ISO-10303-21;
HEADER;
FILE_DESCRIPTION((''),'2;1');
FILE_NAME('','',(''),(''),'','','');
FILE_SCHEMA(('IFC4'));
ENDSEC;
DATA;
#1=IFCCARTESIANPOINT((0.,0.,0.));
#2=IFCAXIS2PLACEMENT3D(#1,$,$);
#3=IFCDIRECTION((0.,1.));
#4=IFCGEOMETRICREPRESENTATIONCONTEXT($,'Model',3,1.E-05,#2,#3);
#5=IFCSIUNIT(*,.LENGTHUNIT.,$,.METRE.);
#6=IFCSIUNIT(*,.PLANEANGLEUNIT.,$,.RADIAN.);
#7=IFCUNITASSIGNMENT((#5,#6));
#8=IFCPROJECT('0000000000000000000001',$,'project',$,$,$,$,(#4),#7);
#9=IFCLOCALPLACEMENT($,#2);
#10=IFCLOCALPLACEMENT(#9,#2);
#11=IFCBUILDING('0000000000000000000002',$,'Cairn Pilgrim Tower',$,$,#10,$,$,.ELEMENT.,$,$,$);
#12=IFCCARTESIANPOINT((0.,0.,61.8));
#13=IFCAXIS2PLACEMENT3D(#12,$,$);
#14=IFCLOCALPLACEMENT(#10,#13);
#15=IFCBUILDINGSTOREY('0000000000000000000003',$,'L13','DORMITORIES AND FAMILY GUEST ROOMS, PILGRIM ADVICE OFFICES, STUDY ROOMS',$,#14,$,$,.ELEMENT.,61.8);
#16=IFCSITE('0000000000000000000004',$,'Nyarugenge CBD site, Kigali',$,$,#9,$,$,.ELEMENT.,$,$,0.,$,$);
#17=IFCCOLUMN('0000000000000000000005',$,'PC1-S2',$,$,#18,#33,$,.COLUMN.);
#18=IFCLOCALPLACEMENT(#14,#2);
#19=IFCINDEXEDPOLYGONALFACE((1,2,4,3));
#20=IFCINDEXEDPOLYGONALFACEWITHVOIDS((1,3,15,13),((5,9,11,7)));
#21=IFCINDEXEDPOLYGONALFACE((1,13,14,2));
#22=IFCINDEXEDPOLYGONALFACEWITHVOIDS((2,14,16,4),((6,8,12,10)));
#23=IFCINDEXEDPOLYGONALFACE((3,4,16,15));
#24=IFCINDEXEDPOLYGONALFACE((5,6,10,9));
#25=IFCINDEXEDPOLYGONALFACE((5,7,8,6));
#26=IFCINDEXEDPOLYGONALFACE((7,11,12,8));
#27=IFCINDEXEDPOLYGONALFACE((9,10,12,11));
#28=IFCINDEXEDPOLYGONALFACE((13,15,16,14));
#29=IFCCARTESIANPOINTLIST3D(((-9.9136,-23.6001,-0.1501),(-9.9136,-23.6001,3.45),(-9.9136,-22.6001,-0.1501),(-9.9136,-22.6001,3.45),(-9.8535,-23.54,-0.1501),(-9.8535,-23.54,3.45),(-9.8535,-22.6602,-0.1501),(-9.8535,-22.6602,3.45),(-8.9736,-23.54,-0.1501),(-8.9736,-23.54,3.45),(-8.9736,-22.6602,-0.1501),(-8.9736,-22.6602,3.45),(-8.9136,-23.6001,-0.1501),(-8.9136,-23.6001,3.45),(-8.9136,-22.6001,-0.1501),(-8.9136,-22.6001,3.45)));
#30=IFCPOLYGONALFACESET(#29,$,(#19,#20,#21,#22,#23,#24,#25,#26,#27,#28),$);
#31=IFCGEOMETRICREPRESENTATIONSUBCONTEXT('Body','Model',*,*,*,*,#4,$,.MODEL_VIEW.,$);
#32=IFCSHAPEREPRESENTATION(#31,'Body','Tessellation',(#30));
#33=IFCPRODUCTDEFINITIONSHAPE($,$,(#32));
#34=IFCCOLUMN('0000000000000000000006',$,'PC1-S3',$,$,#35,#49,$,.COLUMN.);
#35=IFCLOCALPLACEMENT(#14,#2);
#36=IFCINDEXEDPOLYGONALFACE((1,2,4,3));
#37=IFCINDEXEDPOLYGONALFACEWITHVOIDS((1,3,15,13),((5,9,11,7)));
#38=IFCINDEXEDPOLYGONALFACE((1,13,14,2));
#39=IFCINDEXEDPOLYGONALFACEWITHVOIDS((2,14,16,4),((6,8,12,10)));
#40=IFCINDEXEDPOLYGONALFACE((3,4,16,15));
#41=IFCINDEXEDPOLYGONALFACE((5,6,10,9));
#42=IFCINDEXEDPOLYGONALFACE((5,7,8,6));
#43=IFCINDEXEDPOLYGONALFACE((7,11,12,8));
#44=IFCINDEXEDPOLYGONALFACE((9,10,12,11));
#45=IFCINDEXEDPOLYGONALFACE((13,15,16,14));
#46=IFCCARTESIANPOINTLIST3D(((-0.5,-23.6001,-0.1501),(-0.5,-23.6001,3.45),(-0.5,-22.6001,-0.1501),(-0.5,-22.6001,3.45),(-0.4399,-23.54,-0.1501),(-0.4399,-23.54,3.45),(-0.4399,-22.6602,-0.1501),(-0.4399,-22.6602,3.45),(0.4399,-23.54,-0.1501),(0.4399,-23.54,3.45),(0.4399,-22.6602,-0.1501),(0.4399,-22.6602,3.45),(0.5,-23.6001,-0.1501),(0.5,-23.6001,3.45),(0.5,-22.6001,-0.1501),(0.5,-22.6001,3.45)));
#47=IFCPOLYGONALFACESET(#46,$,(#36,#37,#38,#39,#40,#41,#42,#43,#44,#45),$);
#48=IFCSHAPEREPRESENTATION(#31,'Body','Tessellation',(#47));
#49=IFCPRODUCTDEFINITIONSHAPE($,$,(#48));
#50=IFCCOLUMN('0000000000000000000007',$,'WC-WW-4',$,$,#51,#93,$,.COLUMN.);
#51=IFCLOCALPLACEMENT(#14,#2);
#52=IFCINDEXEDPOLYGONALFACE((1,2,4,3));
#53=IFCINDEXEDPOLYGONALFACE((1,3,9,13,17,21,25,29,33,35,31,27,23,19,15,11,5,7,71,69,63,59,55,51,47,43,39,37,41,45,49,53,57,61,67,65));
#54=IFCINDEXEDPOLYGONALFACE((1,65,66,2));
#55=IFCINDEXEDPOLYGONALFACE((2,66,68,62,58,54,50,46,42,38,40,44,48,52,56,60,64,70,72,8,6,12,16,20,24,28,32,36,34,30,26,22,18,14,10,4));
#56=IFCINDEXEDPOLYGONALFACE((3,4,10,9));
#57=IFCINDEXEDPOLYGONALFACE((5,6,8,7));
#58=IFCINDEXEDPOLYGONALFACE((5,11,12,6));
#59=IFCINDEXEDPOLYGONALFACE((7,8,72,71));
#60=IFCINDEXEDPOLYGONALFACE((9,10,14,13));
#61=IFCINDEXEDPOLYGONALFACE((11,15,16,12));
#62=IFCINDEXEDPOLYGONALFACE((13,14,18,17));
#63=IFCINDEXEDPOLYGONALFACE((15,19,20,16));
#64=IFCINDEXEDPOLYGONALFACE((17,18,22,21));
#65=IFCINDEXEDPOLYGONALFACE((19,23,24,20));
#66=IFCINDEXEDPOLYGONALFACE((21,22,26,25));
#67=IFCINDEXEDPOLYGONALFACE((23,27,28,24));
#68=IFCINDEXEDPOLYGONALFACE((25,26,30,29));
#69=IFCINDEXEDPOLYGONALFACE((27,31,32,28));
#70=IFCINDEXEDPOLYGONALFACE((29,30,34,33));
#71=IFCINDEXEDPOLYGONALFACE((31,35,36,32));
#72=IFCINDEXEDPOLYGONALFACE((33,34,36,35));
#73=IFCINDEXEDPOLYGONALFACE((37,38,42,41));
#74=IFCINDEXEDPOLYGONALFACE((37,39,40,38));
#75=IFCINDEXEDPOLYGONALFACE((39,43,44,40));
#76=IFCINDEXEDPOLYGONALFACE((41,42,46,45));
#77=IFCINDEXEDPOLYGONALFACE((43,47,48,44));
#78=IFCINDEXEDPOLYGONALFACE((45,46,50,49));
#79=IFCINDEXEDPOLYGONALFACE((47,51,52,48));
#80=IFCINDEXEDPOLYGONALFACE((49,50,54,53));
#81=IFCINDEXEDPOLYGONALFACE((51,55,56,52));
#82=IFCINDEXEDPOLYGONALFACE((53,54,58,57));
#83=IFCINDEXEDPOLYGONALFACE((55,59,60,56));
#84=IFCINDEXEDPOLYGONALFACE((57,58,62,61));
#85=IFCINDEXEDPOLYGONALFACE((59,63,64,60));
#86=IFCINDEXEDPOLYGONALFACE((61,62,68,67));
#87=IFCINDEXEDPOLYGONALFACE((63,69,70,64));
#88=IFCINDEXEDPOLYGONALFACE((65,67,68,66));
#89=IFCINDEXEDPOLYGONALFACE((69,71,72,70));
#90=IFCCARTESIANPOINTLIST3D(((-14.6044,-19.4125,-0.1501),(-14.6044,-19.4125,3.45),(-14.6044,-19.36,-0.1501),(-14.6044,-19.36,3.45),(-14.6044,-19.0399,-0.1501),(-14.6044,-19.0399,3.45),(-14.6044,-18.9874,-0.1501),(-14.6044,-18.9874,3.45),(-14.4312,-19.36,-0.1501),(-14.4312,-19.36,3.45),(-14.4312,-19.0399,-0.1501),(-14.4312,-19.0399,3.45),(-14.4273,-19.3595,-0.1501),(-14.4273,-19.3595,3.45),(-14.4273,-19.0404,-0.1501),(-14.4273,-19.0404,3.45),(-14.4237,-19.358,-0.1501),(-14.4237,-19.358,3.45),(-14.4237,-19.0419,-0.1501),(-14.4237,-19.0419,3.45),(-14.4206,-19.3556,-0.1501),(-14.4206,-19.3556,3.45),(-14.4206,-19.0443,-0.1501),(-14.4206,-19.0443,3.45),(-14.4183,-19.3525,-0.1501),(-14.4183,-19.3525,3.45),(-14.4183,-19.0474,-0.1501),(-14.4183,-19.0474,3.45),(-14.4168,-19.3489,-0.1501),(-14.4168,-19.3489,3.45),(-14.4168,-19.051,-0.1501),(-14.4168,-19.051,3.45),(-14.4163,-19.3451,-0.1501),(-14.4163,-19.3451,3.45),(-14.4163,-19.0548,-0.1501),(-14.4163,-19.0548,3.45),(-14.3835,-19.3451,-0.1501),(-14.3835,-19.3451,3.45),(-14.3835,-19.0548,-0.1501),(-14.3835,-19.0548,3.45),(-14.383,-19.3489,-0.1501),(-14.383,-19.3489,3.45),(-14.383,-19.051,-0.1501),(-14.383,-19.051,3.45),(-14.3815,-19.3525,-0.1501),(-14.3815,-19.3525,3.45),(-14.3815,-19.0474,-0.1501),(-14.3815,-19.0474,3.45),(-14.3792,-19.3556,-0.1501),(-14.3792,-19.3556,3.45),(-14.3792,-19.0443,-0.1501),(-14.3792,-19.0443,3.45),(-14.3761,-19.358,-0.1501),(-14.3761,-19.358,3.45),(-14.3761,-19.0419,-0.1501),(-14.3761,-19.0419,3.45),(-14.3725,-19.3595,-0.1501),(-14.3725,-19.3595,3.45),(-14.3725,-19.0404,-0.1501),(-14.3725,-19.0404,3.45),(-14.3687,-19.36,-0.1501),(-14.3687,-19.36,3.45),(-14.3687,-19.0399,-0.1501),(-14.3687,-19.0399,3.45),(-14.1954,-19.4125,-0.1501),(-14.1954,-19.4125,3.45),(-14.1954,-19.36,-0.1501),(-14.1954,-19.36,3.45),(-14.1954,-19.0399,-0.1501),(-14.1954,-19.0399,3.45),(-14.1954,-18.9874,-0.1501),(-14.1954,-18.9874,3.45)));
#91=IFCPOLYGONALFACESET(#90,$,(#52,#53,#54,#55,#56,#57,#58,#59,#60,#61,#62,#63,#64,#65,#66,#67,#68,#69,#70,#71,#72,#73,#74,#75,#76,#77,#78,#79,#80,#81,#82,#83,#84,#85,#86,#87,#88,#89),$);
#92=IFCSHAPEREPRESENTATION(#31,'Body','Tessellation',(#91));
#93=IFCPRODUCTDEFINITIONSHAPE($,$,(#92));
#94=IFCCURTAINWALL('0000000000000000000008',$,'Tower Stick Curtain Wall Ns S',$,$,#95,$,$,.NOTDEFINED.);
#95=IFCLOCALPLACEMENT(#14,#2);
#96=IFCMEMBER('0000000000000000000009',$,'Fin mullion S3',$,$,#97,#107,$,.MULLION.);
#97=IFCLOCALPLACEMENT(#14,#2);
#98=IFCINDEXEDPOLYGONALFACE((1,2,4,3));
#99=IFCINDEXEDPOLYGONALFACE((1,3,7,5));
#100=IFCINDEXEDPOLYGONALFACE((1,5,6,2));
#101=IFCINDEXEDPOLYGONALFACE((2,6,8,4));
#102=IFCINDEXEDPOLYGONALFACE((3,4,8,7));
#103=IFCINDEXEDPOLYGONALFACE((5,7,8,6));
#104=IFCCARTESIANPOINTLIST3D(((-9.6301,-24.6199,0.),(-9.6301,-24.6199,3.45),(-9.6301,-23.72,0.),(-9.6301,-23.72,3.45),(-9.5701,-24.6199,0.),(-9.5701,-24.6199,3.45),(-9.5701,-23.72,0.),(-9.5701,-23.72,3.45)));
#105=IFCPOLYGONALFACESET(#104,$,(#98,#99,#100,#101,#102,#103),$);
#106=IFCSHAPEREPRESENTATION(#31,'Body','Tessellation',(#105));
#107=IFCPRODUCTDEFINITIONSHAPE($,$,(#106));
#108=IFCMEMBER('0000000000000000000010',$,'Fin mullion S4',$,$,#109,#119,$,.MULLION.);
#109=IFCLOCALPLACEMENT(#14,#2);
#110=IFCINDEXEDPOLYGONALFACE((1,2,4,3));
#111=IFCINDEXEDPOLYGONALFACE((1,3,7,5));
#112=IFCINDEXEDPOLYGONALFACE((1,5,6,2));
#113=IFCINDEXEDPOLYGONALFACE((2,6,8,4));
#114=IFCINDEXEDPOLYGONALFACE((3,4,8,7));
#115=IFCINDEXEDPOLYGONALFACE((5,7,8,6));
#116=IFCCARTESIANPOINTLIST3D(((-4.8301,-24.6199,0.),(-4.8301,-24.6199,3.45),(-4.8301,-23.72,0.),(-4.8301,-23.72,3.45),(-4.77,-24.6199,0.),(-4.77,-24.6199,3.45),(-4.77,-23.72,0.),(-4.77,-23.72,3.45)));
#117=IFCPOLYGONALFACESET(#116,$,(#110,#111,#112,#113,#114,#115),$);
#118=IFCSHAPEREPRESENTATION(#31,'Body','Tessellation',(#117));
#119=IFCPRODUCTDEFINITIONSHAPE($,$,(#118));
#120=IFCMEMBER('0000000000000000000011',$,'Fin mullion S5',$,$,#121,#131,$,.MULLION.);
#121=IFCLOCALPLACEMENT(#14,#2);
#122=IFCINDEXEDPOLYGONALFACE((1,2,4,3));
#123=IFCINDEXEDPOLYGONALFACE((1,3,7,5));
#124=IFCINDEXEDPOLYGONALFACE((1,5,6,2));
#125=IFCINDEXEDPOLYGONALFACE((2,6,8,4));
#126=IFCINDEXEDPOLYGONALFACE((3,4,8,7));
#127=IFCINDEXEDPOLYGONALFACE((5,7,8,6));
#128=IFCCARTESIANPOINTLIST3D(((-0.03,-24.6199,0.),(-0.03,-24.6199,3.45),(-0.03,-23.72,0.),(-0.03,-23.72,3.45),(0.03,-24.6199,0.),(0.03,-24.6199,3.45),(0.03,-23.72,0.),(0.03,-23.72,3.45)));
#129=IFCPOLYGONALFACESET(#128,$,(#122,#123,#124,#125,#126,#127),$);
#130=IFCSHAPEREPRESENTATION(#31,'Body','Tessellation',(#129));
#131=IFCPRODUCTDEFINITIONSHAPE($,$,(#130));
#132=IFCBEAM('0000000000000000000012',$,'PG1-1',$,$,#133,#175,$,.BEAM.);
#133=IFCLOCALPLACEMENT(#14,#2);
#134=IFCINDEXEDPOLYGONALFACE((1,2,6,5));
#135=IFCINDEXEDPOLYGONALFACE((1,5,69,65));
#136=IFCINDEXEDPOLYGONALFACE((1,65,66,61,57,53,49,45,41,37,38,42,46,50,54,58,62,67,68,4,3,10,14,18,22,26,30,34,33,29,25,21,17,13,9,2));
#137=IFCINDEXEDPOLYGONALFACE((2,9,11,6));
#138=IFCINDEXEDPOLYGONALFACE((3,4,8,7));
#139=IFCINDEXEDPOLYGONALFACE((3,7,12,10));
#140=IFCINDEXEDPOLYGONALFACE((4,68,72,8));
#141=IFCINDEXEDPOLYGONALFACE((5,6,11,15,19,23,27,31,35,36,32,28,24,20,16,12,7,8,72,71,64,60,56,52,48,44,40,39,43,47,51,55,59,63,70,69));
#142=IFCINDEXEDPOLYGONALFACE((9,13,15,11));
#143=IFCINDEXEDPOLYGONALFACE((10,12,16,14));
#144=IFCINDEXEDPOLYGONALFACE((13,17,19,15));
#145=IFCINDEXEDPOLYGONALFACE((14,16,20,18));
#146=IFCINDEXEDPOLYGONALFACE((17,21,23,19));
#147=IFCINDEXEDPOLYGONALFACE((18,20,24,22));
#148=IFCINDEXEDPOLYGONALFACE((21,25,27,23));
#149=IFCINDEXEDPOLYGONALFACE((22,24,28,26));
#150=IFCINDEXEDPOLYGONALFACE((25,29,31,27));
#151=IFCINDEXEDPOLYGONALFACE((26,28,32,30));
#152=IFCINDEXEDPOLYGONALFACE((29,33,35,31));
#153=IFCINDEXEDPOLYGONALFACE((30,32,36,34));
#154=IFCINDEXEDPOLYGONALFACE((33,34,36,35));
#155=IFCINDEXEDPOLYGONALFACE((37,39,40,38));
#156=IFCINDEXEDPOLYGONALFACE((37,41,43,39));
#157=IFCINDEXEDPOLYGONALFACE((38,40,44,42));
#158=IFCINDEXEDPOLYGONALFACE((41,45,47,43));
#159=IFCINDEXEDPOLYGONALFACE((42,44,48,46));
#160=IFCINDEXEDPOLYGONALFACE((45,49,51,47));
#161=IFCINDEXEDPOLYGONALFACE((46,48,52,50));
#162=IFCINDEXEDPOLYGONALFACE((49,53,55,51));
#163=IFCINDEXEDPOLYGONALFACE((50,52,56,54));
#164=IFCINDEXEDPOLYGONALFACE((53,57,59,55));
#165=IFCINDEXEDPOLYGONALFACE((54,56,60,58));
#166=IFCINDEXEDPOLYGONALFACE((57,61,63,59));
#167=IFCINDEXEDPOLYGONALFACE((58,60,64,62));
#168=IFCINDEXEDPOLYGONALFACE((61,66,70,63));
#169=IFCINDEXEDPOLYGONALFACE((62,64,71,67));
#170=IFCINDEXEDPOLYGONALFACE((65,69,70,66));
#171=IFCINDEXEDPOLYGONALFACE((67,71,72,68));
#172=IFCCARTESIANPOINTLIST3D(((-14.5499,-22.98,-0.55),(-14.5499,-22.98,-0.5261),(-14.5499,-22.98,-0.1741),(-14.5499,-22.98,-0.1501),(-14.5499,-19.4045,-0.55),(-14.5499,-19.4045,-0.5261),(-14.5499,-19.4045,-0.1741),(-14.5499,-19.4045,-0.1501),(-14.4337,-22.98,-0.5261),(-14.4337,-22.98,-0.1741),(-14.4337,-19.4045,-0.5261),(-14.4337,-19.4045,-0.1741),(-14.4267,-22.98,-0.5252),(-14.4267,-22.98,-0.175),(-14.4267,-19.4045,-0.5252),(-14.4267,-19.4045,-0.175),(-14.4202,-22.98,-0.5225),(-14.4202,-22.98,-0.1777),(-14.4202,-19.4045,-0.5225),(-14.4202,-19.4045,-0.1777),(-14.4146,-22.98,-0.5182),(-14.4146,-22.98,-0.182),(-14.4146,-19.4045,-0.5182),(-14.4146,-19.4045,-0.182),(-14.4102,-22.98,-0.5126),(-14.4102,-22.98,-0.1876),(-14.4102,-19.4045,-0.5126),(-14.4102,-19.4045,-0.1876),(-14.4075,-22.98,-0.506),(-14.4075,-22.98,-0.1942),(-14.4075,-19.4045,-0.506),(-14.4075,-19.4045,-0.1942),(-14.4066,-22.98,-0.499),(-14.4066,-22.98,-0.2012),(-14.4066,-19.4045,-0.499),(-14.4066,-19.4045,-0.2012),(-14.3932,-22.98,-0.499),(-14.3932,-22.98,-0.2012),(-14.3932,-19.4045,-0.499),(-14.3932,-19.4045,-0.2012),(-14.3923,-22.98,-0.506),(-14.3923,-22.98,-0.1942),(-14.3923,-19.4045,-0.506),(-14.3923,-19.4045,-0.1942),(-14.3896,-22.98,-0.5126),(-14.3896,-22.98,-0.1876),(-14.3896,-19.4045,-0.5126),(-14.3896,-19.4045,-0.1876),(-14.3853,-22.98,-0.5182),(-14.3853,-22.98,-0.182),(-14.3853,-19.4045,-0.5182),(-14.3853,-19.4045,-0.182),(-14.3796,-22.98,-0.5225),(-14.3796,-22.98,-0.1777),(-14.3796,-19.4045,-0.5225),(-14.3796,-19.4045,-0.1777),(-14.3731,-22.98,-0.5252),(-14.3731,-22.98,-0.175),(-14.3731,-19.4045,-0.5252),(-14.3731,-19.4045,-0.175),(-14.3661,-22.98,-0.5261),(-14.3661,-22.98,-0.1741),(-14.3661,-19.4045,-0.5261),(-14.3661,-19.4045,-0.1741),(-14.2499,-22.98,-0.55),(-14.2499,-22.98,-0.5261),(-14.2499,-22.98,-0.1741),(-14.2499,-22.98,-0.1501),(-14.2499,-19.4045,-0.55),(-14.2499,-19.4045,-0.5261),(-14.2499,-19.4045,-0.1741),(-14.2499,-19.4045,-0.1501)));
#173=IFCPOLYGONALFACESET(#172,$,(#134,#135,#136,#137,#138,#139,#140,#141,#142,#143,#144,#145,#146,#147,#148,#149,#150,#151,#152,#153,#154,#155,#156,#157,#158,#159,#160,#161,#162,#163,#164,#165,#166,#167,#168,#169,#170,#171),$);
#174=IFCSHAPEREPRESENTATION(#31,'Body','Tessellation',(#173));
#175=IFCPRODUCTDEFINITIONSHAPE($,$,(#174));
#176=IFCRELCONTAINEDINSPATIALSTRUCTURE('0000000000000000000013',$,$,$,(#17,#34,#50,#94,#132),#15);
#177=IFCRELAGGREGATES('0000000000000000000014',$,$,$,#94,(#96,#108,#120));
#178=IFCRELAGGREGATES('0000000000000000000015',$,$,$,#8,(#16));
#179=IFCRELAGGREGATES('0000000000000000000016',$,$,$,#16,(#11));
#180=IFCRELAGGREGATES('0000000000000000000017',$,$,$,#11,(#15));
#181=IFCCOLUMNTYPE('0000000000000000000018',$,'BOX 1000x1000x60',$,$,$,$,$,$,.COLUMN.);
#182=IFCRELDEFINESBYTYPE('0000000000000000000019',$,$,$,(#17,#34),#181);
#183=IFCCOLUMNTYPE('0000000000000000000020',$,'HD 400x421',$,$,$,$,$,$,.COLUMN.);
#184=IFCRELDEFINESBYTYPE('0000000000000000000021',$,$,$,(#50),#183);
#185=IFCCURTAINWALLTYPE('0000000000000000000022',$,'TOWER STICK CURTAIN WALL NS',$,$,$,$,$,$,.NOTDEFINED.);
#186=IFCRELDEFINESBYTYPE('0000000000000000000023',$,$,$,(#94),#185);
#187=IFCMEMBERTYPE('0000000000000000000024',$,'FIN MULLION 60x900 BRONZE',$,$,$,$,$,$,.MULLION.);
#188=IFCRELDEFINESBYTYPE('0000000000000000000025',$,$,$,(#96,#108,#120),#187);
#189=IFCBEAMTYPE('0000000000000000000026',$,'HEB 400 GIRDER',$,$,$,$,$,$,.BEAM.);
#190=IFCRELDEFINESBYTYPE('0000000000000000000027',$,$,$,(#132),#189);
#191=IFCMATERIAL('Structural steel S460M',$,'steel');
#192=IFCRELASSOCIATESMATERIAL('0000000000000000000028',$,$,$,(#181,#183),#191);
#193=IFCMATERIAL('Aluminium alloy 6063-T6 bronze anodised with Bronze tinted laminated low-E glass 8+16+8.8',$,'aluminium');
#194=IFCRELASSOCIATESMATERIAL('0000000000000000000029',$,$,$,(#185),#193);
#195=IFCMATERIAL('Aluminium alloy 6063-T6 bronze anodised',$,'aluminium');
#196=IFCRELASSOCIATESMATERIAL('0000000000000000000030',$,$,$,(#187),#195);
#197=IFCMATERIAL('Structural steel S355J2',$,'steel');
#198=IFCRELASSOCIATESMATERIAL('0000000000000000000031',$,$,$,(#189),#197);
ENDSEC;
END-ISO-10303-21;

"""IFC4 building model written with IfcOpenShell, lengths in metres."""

from ifc_helpers import new_model, si_unit, direction, frame, origin, origin_2d, place, context, subcontext, project, spatial, rectangle, hollow_rectangle, i_section, extrude, material, material_profile, profile_set, type_object, element, aggregate, save


model = new_model("IFC4")

# Units and contexts
model_context = context("Model", 3, precision=1e-05, world=origin(), true_north=direction((0.0, 1.0)))
body_context = subcontext(model_context, "Body", "Model", "MODEL_VIEW")
ifc_project = project(units=[si_unit("LENGTHUNIT", "METRE"), si_unit("PLANEANGLEUNIT", "RADIAN")], contexts=[model_context])

# Site, building, storey
site_placement = place(None, origin())
site = spatial("IfcSite", under=ifc_project, at=site_placement, Name="Nyarugenge CBD site, Kigali", CompositionType="ELEMENT", RefElevation=0.0)
building_placement = place(site_placement, origin())
building = spatial("IfcBuilding", under=site, at=building_placement, Name="Cairn Pilgrim Tower", CompositionType="ELEMENT")
storey_placement = place(building_placement, frame((0.0, 0.0, 61.8)))
storey = spatial("IfcBuildingStorey", under=building, at=storey_placement, Name="L13", Description="DORMITORIES AND FAMILY GUEST ROOMS, PILGRIM ADVICE OFFICES, STUDY ROOMS", CompositionType="ELEMENT", Elevation=61.8)

# Columns
ifc_material_1 = material(Name="Structural steel S460M", Category="steel")
ifc_material_profile_1 = material_profile(ifc_material_1, hollow_rectangle(XDim=1.0, YDim=1.0, WallThickness=0.0601, at=origin_2d()), Name="BOX 1000x1000x60")
ifc_profile_set_1 = profile_set([ifc_material_profile_1], Name="Structural steel S460M")
column_type_1 = type_object("IfcColumnType", Name="BOX 1000x1000x60", PredefinedType="COLUMN", material=ifc_profile_set_1)
for number, where, z_axis, x_axis, name in (
    (1, (-9.4136, -23.1001, -0.1501), (0.0, 0.0, 1.0), (1.0, 0.0, 0.0), "PC1-S2"),
    (2, (0.0, -23.1001, -0.1501), (0.0, 0.0, 1.0), (1.0, 0.0, 0.0), "PC1-S3"),
):
    element("IfcColumn", number, at=place(storey_placement, frame(where, z_axis=z_axis, x_axis=x_axis)), inside=storey, type_object=column_type_1, Name=name, PredefinedType="COLUMN", context=body_context, shape_type="SweptSolid", body=[
        extrude(hollow_rectangle(XDim=1.0, YDim=1.0, WallThickness=0.0601, at=origin_2d()), origin(), (0.0, 0.0, 1.0), 3.6001),
    ])
ifc_material_profile_2 = material_profile(ifc_material_1, i_section(OverallWidth=0.4089, OverallDepth=0.425, WebThickness=0.0327, FlangeThickness=0.0525, FilletRadius=0.0149, at=origin_2d()), Name="HD 400x421")
ifc_profile_set_2 = profile_set([ifc_material_profile_2], Name="Structural steel S460M")
column_type_2 = type_object("IfcColumnType", Name="HD 400x421", PredefinedType="COLUMN", material=ifc_profile_set_2)
column_placement = place(storey_placement, frame((-14.3999, -19.2, -0.1501), z_axis=(0.0, 0.0, 1.0), x_axis=(1.0, 0.0, 0.0)))
element("IfcColumn", 3, at=column_placement, inside=storey, type_object=column_type_2, Name="WC-WW-4", PredefinedType="COLUMN", context=body_context, shape_type="SweptSolid", body=[
    extrude(i_section(OverallWidth=0.4089, OverallDepth=0.425, WebThickness=0.0327, FlangeThickness=0.0525, FilletRadius=0.0149, at=origin_2d()), origin(), (0.0, 0.0, 1.0), 3.6001),
])

# Curtain wall, members
ifc_material_2 = material(Name="Aluminium alloy 6063-T6 bronze anodised with Bronze tinted laminated low-E glass 8+16+8.8", Category="aluminium")
curtain_wall_type = type_object("IfcCurtainWallType", Name="TOWER STICK CURTAIN WALL NS", PredefinedType="NOTDEFINED", material=ifc_material_2)
curtain_wall_placement = place(storey_placement, origin())
curtain_wall = element("IfcCurtainWall", 4, at=curtain_wall_placement, inside=storey, type_object=curtain_wall_type, Name="Tower Stick Curtain Wall Ns S", PredefinedType="NOTDEFINED")
ifc_material_3 = material(Name="Aluminium alloy 6063-T6 bronze anodised", Category="aluminium")
ifc_material_profile_3 = material_profile(ifc_material_3, rectangle(XDim=0.8999, YDim=0.0601, at=origin_2d()), Name="FIN MULLION 60x900 BRONZE")
ifc_profile_set_3 = profile_set([ifc_material_profile_3], Name="Aluminium alloy 6063-T6 bronze anodised")
member_type_1 = type_object("IfcMemberType", Name="FIN MULLION 60x900 BRONZE", PredefinedType="MULLION", material=ifc_profile_set_3)
member_1_placement = place(storey_placement, frame((-9.6001, -24.1699, 0.0), z_axis=(0.0, 0.0, 1.0), x_axis=(0.0, -1.0, 0.0)))
member_1 = element("IfcMember", 5, at=member_1_placement, type_object=member_type_1, Name="Fin mullion S3", PredefinedType="MULLION", context=body_context, shape_type="SweptSolid", body=[
    extrude(rectangle(XDim=0.8999, YDim=0.0601, at=origin_2d()), origin(), (0.0, 0.0, 1.0), 3.45),
])
member_2_placement = place(storey_placement, frame((-4.8, -24.1699, 0.0), z_axis=(0.0, 0.0, 1.0), x_axis=(0.0, -1.0, 0.0)))
member_2 = element("IfcMember", 6, at=member_2_placement, type_object=member_type_1, Name="Fin mullion S4", PredefinedType="MULLION", context=body_context, shape_type="SweptSolid", body=[
    extrude(rectangle(XDim=0.8999, YDim=0.0601, at=origin_2d()), origin(), (0.0, 0.0, 1.0), 3.45),
])
member_3_placement = place(storey_placement, frame((0.0, -24.1699, 0.0), z_axis=(0.0, 0.0, 1.0), x_axis=(0.0, -1.0, 0.0)))
member_3 = element("IfcMember", 7, at=member_3_placement, type_object=member_type_1, Name="Fin mullion S5", PredefinedType="MULLION", context=body_context, shape_type="SweptSolid", body=[
    extrude(rectangle(XDim=0.8999, YDim=0.0601, at=origin_2d()), origin(), (0.0, 0.0, 1.0), 3.45),
])

# Beam
ifc_material_4 = material(Name="Structural steel S355J2", Category="steel")
ifc_material_profile_4 = material_profile(ifc_material_4, i_section(OverallWidth=0.3, OverallDepth=0.3999, WebThickness=0.0134, FlangeThickness=0.0239, FilletRadius=0.0271, at=origin_2d()), Name="HEB 400")
ifc_profile_set_4 = profile_set([ifc_material_profile_4], Name="Structural steel S355J2")
beam_type_1 = type_object("IfcBeamType", Name="HEB 400 GIRDER", PredefinedType="BEAM", material=ifc_profile_set_4)
beam_1_placement = place(storey_placement, frame((-14.3999, -22.98, -0.3501), z_axis=(0.0, 1.0, 0.0), x_axis=(-1.0, 0.0, 0.0)))
element("IfcBeam", 8, at=beam_1_placement, inside=storey, type_object=beam_type_1, Name="PG1-1", PredefinedType="BEAM", context=body_context, shape_type="SweptSolid", body=[
    extrude(i_section(OverallWidth=0.3, OverallDepth=0.3999, WebThickness=0.0134, FlangeThickness=0.0239, FilletRadius=0.0271, at=origin_2d()), origin(), (0.0, 0.0, 1.0), 3.5754),
])

aggregate(curtain_wall, [member_1, member_2, member_3])

save(model, "model.ifc")
